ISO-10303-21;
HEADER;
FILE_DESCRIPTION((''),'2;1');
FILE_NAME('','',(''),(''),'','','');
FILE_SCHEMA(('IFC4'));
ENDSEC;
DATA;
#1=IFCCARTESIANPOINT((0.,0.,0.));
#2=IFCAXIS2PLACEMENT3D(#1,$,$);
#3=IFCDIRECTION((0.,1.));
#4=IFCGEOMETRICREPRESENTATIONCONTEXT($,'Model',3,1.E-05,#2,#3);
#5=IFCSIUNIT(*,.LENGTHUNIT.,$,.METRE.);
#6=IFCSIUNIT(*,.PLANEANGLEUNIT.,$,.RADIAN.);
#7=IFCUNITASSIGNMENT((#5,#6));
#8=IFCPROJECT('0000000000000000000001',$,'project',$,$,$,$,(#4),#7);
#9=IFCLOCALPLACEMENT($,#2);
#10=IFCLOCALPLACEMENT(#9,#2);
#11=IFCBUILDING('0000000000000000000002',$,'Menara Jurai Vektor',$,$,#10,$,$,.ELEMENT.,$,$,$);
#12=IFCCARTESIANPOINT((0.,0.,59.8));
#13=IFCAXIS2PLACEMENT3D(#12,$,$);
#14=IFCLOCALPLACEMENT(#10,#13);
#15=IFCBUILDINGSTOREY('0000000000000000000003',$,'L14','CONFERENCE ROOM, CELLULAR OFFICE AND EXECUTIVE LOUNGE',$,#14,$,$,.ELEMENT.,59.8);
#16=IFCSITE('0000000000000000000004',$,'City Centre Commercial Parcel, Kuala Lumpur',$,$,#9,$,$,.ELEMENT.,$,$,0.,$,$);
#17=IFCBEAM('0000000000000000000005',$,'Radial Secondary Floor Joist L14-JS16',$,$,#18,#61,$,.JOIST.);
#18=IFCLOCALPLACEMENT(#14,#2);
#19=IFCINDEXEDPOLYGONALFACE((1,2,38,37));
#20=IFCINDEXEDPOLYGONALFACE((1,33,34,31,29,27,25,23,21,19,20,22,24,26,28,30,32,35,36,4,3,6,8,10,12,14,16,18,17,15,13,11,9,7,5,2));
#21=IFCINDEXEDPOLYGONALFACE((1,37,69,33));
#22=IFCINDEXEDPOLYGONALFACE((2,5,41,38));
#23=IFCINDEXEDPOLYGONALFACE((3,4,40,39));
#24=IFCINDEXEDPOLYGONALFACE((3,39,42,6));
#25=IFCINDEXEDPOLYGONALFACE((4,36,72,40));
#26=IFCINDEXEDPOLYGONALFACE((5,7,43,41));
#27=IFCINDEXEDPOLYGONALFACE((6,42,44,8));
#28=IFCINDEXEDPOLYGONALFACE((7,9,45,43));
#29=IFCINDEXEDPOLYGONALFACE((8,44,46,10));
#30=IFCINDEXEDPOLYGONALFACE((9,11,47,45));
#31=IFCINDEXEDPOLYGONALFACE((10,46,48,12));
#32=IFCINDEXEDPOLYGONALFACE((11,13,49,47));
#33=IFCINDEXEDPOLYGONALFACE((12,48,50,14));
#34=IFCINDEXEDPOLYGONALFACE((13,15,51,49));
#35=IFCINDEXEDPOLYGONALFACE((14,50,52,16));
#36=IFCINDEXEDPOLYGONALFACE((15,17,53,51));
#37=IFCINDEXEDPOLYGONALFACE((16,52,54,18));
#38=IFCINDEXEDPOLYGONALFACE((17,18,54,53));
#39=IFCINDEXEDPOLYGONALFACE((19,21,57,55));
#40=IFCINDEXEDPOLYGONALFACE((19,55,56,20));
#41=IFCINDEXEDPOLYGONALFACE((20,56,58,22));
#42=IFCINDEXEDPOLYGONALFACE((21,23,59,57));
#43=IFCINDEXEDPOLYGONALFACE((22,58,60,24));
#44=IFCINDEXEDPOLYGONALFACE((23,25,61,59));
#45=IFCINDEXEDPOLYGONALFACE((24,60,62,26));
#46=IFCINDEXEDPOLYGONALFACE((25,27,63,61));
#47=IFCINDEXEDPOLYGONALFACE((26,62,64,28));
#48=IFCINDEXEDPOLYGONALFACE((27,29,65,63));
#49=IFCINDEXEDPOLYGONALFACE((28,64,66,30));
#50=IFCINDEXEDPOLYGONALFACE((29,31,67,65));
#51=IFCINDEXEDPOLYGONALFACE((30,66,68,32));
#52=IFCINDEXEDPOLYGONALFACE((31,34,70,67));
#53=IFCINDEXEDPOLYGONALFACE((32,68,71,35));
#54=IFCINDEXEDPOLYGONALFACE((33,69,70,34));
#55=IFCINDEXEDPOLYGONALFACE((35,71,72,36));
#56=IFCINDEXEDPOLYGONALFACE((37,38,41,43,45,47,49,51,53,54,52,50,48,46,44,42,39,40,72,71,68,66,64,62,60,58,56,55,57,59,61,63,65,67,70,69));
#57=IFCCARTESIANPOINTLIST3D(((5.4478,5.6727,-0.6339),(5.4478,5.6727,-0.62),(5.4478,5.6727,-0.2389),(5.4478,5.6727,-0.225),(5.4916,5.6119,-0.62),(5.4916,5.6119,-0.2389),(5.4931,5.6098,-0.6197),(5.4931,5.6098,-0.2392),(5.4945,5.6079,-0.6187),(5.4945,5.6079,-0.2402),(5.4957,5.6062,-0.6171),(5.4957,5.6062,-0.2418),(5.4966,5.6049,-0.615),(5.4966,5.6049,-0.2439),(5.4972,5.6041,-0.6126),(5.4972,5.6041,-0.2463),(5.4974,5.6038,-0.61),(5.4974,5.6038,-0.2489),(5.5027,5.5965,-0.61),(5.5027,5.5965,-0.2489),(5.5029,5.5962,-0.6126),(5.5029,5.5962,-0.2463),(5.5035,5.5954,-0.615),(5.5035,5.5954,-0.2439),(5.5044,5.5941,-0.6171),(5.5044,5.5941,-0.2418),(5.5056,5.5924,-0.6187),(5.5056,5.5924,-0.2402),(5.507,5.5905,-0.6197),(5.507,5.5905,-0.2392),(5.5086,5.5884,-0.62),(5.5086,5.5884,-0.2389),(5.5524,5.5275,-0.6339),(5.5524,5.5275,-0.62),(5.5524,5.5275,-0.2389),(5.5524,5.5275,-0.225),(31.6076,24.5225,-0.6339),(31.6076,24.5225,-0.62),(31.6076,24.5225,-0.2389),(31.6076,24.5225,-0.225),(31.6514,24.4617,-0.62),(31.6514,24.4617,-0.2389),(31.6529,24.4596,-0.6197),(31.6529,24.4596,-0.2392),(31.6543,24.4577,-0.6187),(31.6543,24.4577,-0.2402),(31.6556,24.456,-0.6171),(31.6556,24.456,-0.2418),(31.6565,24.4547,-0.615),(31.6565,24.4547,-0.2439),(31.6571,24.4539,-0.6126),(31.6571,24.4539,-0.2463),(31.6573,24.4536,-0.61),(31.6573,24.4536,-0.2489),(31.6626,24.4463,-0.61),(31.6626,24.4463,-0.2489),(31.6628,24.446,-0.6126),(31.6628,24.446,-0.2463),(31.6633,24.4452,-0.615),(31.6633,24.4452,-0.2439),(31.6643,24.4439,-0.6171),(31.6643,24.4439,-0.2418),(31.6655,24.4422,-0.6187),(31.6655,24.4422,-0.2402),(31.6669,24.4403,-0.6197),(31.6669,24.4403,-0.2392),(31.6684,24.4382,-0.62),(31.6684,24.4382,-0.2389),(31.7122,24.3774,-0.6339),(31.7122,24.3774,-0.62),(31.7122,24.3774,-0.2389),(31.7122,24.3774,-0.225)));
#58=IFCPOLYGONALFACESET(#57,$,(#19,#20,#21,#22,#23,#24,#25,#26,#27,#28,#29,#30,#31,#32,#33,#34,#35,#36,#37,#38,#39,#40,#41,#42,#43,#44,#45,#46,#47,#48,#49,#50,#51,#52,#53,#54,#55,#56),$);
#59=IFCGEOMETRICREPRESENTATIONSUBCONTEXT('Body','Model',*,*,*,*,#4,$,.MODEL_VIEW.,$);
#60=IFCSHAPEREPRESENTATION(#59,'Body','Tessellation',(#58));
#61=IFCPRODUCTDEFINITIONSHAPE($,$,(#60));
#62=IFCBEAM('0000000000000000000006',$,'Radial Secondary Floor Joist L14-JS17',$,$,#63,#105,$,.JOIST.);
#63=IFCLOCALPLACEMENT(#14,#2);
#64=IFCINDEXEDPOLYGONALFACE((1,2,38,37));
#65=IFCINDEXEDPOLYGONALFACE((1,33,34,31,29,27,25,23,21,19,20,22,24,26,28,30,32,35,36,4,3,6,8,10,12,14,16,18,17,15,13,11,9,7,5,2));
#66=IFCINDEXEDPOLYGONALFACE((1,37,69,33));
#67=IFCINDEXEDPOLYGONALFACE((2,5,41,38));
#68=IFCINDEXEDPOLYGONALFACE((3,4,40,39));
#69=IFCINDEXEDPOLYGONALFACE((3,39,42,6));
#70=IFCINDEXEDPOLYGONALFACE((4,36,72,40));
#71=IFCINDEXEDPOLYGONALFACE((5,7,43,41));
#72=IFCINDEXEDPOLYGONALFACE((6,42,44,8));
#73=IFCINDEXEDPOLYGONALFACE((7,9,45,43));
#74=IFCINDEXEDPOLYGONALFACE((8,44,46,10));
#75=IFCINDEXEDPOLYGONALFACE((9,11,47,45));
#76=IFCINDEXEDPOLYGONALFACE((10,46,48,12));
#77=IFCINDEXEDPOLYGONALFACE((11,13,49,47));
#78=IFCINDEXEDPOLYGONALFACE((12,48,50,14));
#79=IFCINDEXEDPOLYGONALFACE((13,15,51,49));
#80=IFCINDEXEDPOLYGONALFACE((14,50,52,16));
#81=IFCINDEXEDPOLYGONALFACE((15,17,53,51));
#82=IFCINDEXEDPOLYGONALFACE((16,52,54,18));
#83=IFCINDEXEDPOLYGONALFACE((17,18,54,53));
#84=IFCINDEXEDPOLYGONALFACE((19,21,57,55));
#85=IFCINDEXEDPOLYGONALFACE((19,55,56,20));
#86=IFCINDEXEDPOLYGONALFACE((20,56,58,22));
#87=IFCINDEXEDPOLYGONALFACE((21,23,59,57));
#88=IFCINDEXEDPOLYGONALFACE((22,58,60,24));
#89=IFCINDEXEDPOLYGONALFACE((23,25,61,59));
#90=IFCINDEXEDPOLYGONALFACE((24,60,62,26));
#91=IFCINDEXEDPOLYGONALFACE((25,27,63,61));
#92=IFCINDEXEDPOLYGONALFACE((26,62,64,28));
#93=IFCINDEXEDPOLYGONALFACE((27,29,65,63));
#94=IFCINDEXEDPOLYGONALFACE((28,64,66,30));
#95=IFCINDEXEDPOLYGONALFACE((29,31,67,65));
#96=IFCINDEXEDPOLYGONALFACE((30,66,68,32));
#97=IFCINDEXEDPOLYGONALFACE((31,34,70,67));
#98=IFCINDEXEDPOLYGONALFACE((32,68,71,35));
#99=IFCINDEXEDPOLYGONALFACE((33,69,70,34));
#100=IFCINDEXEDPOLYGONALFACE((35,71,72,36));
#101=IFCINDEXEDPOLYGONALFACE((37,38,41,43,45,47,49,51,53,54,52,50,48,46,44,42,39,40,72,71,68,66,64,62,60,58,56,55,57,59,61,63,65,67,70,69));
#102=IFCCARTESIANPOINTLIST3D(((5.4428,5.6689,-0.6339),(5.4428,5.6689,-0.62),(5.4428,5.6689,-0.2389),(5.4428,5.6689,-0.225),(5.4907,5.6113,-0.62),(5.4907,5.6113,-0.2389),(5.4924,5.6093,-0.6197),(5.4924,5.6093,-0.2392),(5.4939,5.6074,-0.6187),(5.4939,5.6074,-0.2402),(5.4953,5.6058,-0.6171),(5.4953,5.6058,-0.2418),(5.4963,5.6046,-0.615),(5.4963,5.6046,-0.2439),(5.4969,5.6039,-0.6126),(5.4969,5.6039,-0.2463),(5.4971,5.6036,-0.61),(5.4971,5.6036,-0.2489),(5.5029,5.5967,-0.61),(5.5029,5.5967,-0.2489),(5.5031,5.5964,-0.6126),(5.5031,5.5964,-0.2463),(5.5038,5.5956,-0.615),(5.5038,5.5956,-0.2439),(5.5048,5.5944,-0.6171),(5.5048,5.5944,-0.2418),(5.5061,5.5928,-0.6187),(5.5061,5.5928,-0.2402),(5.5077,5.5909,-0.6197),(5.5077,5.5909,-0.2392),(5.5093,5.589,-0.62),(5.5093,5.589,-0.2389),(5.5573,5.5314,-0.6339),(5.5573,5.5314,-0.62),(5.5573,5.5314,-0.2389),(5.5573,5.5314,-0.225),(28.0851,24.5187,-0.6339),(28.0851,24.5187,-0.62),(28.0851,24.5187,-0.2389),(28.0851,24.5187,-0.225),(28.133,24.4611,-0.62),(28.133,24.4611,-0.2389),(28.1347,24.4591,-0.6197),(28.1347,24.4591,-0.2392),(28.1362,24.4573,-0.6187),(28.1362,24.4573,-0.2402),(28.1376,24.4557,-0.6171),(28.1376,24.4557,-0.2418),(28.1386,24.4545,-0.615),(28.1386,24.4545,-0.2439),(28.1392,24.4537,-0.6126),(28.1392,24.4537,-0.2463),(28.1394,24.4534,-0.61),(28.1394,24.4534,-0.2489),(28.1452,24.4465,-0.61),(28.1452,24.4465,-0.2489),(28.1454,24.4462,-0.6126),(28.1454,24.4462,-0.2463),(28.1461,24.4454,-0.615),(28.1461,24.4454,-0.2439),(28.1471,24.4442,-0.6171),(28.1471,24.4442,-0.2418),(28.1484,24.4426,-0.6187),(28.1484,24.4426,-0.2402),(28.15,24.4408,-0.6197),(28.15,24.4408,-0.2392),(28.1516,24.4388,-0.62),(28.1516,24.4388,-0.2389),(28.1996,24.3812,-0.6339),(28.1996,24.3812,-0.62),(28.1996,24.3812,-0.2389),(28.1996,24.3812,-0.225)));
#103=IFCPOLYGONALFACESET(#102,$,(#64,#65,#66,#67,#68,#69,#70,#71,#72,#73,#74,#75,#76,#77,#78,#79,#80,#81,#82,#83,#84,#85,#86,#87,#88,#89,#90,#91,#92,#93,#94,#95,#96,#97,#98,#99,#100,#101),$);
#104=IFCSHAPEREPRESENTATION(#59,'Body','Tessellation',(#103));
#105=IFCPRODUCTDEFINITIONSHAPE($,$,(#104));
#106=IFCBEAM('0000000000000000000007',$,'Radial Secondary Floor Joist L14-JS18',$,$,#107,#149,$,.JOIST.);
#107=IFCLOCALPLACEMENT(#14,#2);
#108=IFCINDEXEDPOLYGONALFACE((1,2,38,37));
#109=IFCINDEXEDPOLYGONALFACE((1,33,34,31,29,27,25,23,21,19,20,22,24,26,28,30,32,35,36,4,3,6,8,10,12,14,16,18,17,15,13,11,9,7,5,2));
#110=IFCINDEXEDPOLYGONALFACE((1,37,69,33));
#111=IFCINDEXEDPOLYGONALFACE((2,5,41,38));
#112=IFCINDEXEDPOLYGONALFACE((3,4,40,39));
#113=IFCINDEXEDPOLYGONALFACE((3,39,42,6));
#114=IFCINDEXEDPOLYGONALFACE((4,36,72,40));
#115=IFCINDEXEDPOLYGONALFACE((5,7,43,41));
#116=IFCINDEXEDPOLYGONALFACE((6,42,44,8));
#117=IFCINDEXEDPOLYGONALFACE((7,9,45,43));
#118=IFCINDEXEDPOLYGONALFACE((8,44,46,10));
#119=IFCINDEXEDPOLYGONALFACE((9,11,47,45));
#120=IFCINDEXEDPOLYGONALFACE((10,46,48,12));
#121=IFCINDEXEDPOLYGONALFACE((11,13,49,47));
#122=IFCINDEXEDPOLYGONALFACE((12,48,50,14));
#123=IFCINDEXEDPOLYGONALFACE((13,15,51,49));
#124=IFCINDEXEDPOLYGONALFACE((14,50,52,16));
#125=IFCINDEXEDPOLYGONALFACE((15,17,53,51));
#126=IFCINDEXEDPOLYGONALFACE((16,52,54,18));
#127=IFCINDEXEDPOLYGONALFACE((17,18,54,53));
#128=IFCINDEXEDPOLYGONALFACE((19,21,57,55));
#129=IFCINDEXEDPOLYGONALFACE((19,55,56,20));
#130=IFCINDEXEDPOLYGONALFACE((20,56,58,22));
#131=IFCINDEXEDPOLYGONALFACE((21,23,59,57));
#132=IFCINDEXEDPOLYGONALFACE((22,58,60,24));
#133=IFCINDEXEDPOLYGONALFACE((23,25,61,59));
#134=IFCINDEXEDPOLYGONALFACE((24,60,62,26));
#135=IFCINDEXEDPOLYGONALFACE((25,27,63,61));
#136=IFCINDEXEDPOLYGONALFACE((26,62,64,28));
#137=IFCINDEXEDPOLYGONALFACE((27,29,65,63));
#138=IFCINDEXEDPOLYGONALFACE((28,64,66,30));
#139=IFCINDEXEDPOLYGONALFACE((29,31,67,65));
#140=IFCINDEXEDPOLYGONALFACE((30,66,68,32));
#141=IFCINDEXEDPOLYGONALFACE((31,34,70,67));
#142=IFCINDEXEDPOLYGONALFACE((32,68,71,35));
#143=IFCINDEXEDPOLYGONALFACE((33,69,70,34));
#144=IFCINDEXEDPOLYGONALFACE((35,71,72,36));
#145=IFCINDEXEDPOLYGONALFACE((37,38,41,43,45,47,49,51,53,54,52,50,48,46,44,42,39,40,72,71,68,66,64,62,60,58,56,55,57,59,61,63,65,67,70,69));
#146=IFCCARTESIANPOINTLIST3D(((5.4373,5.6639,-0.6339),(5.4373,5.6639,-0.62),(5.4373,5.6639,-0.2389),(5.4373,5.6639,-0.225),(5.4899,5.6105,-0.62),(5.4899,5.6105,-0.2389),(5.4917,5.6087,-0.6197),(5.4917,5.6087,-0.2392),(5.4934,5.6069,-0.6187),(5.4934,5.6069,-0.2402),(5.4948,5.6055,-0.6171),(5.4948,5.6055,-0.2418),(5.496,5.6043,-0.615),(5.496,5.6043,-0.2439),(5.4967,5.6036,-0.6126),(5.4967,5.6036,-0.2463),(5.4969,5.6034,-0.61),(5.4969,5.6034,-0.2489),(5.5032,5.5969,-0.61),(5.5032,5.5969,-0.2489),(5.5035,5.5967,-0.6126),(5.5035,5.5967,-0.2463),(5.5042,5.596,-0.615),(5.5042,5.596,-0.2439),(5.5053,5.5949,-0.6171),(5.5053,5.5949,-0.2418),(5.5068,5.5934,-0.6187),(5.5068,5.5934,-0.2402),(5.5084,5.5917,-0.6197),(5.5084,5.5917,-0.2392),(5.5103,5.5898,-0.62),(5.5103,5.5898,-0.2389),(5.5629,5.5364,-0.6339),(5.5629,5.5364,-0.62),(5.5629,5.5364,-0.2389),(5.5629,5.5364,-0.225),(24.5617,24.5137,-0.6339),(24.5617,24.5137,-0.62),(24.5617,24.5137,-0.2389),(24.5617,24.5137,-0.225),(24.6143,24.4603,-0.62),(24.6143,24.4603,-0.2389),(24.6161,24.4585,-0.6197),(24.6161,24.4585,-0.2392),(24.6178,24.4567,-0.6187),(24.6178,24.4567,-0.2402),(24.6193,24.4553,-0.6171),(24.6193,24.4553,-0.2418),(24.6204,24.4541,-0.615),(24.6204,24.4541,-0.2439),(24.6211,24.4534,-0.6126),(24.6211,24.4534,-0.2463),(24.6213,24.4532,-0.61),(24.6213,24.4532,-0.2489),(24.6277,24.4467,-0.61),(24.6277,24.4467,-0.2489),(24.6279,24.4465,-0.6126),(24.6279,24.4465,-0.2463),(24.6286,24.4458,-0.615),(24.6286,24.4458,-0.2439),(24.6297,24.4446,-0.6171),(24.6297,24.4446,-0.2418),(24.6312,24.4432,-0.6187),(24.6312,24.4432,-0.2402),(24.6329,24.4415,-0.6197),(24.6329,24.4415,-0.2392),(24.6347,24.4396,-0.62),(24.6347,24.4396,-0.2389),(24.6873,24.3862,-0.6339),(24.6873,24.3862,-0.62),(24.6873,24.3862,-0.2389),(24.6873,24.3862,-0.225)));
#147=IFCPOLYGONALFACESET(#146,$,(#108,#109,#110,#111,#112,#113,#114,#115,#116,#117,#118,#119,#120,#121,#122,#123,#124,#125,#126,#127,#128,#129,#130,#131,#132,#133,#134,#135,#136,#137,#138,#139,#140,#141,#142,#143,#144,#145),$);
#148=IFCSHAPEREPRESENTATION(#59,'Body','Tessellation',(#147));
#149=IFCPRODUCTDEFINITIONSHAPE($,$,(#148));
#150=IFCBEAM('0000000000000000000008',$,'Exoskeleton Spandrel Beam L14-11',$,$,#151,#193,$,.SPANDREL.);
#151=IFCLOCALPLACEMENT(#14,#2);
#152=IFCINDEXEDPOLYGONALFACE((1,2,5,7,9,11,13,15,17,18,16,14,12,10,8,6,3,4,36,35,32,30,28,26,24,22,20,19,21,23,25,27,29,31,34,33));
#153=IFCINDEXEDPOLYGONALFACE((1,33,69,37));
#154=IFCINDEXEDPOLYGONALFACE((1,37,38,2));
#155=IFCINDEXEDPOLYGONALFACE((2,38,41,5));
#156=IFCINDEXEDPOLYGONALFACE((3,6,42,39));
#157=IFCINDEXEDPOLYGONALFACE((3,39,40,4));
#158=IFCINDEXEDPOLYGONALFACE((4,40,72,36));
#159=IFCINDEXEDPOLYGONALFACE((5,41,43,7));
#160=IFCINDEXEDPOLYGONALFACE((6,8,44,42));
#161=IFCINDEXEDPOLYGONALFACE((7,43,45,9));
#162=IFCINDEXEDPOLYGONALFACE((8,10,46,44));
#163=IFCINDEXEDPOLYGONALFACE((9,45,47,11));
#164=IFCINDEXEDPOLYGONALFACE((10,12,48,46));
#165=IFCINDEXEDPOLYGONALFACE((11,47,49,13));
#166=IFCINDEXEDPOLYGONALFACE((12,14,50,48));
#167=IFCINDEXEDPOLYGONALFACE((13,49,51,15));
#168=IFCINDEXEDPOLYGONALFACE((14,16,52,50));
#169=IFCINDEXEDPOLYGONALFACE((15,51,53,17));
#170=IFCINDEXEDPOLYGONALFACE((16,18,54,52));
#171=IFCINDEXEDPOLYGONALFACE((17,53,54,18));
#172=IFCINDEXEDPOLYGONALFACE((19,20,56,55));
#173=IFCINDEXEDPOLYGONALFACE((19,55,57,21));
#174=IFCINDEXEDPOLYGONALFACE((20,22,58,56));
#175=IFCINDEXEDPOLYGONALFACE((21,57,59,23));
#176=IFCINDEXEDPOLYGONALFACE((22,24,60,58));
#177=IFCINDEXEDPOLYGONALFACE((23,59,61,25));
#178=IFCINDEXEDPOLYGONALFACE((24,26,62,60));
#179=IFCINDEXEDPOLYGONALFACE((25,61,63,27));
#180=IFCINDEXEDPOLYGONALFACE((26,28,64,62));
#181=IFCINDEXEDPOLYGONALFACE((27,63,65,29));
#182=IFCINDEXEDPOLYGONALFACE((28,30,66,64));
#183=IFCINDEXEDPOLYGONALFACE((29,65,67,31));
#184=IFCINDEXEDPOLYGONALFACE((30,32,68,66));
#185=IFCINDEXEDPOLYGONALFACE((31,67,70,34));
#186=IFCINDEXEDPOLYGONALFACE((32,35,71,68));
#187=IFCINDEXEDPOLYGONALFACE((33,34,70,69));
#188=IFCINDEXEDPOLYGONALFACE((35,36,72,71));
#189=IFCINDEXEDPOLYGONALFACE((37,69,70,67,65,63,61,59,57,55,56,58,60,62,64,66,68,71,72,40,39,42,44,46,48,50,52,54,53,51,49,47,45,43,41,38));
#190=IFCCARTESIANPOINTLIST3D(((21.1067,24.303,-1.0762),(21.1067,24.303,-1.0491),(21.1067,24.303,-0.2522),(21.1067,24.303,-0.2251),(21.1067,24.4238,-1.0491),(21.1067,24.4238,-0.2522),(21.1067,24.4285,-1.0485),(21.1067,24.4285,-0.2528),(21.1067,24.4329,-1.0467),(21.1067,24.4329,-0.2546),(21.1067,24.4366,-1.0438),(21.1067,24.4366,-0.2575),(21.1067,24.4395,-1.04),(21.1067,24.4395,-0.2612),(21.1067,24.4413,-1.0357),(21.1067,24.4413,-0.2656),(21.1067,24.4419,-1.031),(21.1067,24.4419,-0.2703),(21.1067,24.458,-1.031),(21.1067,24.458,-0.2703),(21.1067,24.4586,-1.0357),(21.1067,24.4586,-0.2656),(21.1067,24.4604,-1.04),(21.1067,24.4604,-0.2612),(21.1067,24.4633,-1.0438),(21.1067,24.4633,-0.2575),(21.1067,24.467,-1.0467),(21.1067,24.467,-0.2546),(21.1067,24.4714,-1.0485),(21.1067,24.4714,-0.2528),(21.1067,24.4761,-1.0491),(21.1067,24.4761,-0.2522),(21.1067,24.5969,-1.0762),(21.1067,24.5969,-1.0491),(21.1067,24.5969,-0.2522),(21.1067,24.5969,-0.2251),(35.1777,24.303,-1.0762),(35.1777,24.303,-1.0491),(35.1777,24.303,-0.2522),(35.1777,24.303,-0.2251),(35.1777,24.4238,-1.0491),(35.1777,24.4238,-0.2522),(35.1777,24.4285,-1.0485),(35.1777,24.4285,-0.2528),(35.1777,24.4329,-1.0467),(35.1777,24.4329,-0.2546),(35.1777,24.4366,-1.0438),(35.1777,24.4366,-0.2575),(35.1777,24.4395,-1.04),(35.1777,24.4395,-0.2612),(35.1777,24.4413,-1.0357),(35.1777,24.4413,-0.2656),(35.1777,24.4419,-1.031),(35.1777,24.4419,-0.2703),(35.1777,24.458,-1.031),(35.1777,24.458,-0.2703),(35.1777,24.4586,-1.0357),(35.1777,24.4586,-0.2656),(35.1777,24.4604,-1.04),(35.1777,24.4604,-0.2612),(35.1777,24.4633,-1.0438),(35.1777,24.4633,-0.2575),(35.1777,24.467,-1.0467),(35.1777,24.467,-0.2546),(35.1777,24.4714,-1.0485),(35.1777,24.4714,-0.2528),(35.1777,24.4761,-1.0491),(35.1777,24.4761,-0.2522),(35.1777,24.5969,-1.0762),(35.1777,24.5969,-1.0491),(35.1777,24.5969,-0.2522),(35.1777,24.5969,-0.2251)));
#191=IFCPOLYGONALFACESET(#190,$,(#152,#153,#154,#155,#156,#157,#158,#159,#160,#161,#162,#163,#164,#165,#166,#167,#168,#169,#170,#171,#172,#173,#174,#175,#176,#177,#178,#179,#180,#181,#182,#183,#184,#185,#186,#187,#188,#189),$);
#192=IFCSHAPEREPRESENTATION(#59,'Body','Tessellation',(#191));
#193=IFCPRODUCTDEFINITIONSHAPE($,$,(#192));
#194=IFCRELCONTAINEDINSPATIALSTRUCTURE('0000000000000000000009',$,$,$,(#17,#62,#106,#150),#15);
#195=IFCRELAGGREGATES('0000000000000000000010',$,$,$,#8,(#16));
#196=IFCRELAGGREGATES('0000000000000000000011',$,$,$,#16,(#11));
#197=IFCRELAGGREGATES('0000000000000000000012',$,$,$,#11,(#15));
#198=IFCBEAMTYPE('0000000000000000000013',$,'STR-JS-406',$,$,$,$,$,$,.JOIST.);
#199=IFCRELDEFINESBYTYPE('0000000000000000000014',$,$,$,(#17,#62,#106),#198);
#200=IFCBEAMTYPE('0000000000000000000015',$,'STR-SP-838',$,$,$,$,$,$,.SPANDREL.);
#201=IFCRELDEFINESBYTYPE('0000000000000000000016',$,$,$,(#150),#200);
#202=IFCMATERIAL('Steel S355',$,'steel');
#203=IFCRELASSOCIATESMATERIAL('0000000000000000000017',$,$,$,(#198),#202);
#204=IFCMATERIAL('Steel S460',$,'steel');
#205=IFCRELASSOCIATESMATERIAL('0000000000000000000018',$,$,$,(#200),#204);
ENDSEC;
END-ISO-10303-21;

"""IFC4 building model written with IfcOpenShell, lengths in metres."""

from ifc_helpers import new_model, si_unit, direction, frame, origin, origin_2d, place, context, subcontext, project, spatial, i_section, extrude, material, material_profile, profile_set, type_object, element, save


model = new_model("IFC4")

# Units and contexts
model_context = context("Model", 3, precision=1e-05, world=origin(), true_north=direction((0.0, 1.0)))
body_context = subcontext(model_context, "Body", "Model", "MODEL_VIEW")
ifc_project = project(units=[si_unit("LENGTHUNIT", "METRE"), si_unit("PLANEANGLEUNIT", "RADIAN")], contexts=[model_context])

# Site, building, storey
site_placement = place(None, origin())
site = spatial("IfcSite", under=ifc_project, at=site_placement, Name="City Centre Commercial Parcel, Kuala Lumpur", CompositionType="ELEMENT", RefElevation=0.0)
building_placement = place(site_placement, origin())
building = spatial("IfcBuilding", under=site, at=building_placement, Name="Menara Jurai Vektor", CompositionType="ELEMENT")
storey_placement = place(building_placement, frame((0.0, 0.0, 59.8)))
storey = spatial("IfcBuildingStorey", under=building, at=storey_placement, Name="L14", Description="CONFERENCE ROOM, CELLULAR OFFICE AND EXECUTIVE LOUNGE", CompositionType="ELEMENT", Elevation=59.8)

# Shared definitions
ifc_material_1 = material(Name="Steel S460", Category="steel")

# Beams
ifc_material_2 = material(Name="Steel S355", Category="steel")
ifc_material_profile_1 = material_profile(ifc_material_2, i_section(OverallWidth=0.179, OverallDepth=0.4089, WebThickness=0.009, FlangeThickness=0.0139, FilletRadius=0.01, at=origin_2d()), Name="UKB 406x178x67")
ifc_profile_set_1 = profile_set([ifc_material_profile_1], Name="Steel S355")
beam_type_1 = type_object("IfcBeamType", Name="STR-JS-406", PredefinedType="JOIST", material=ifc_profile_set_1)
beam_1_placement = place(storey_placement, frame((31.6599, 24.45, -0.4294), z_axis=(-0.811318, -0.584605, 0.0), x_axis=(0.584605, -0.811318, 0.0)))
element("IfcBeam", 1, at=beam_1_placement, inside=storey, type_object=beam_type_1, Name="Radial Secondary Floor Joist L14-JS16", PredefinedType="JOIST", context=body_context, shape_type="SweptSolid", body=[
    extrude(i_section(OverallWidth=0.179, OverallDepth=0.4089, WebThickness=0.009, FlangeThickness=0.0139, FilletRadius=0.01, at=origin_2d()), origin(), (0.0, 0.0, 1.0), 32.2437),
])
beam_2_placement = place(storey_placement, frame((28.1423, 24.45, -0.4294), z_axis=(-0.768534, -0.639809, 0.0), x_axis=(0.639809, -0.768534, 0.0)))
element("IfcBeam", 2, at=beam_2_placement, inside=storey, type_object=beam_type_1, Name="Radial Secondary Floor Joist L14-JS17", PredefinedType="JOIST", context=body_context, shape_type="SweptSolid", body=[
    extrude(i_section(OverallWidth=0.179, OverallDepth=0.4089, WebThickness=0.009, FlangeThickness=0.0139, FilletRadius=0.01, at=origin_2d()), origin(), (0.0, 0.0, 1.0), 29.4617),
])
beam_3_placement = place(storey_placement, frame((24.6245, 24.45, -0.4294), z_axis=(-0.712202, -0.701974, 0.0), x_axis=(0.701974, -0.712202, 0.0)))
element("IfcBeam", 3, at=beam_3_placement, inside=storey, type_object=beam_type_1, Name="Radial Secondary Floor Joist L14-JS18", PredefinedType="JOIST", context=body_context, shape_type="SweptSolid", body=[
    extrude(i_section(OverallWidth=0.179, OverallDepth=0.4089, WebThickness=0.009, FlangeThickness=0.0139, FilletRadius=0.01, at=origin_2d()), origin(), (0.0, 0.0, 1.0), 26.8525),
])
ifc_material_profile_2 = material_profile(ifc_material_1, i_section(OverallWidth=0.2939, OverallDepth=0.8511, WebThickness=0.0161, FlangeThickness=0.0271, FilletRadius=0.0181, at=origin_2d()), Name="UKB 838x292x226")
ifc_profile_set_2 = profile_set([ifc_material_profile_2], Name="Steel S460")
beam_type_2 = type_object("IfcBeamType", Name="STR-SP-838", PredefinedType="SPANDREL", material=ifc_profile_set_2)
for number, where, z_axis, x_axis, name in (
    (4, (35.1777, 24.45, -0.6506), (-1.0, 0.0, 0.0), (0.0, -1.0, 0.0), "Exoskeleton Spandrel Beam L14-11"),
):
    element("IfcBeam", number, at=place(storey_placement, frame(where, z_axis=z_axis, x_axis=x_axis)), inside=storey, type_object=beam_type_2, Name=name, PredefinedType="SPANDREL", context=body_context, shape_type="SweptSolid", body=[
        extrude(i_section(OverallWidth=0.2939, OverallDepth=0.8511, WebThickness=0.0161, FlangeThickness=0.0271, FilletRadius=0.0181, at=origin_2d()), origin(), (0.0, 0.0, 1.0), 14.071),
    ])

save(model, "model.ifc")
